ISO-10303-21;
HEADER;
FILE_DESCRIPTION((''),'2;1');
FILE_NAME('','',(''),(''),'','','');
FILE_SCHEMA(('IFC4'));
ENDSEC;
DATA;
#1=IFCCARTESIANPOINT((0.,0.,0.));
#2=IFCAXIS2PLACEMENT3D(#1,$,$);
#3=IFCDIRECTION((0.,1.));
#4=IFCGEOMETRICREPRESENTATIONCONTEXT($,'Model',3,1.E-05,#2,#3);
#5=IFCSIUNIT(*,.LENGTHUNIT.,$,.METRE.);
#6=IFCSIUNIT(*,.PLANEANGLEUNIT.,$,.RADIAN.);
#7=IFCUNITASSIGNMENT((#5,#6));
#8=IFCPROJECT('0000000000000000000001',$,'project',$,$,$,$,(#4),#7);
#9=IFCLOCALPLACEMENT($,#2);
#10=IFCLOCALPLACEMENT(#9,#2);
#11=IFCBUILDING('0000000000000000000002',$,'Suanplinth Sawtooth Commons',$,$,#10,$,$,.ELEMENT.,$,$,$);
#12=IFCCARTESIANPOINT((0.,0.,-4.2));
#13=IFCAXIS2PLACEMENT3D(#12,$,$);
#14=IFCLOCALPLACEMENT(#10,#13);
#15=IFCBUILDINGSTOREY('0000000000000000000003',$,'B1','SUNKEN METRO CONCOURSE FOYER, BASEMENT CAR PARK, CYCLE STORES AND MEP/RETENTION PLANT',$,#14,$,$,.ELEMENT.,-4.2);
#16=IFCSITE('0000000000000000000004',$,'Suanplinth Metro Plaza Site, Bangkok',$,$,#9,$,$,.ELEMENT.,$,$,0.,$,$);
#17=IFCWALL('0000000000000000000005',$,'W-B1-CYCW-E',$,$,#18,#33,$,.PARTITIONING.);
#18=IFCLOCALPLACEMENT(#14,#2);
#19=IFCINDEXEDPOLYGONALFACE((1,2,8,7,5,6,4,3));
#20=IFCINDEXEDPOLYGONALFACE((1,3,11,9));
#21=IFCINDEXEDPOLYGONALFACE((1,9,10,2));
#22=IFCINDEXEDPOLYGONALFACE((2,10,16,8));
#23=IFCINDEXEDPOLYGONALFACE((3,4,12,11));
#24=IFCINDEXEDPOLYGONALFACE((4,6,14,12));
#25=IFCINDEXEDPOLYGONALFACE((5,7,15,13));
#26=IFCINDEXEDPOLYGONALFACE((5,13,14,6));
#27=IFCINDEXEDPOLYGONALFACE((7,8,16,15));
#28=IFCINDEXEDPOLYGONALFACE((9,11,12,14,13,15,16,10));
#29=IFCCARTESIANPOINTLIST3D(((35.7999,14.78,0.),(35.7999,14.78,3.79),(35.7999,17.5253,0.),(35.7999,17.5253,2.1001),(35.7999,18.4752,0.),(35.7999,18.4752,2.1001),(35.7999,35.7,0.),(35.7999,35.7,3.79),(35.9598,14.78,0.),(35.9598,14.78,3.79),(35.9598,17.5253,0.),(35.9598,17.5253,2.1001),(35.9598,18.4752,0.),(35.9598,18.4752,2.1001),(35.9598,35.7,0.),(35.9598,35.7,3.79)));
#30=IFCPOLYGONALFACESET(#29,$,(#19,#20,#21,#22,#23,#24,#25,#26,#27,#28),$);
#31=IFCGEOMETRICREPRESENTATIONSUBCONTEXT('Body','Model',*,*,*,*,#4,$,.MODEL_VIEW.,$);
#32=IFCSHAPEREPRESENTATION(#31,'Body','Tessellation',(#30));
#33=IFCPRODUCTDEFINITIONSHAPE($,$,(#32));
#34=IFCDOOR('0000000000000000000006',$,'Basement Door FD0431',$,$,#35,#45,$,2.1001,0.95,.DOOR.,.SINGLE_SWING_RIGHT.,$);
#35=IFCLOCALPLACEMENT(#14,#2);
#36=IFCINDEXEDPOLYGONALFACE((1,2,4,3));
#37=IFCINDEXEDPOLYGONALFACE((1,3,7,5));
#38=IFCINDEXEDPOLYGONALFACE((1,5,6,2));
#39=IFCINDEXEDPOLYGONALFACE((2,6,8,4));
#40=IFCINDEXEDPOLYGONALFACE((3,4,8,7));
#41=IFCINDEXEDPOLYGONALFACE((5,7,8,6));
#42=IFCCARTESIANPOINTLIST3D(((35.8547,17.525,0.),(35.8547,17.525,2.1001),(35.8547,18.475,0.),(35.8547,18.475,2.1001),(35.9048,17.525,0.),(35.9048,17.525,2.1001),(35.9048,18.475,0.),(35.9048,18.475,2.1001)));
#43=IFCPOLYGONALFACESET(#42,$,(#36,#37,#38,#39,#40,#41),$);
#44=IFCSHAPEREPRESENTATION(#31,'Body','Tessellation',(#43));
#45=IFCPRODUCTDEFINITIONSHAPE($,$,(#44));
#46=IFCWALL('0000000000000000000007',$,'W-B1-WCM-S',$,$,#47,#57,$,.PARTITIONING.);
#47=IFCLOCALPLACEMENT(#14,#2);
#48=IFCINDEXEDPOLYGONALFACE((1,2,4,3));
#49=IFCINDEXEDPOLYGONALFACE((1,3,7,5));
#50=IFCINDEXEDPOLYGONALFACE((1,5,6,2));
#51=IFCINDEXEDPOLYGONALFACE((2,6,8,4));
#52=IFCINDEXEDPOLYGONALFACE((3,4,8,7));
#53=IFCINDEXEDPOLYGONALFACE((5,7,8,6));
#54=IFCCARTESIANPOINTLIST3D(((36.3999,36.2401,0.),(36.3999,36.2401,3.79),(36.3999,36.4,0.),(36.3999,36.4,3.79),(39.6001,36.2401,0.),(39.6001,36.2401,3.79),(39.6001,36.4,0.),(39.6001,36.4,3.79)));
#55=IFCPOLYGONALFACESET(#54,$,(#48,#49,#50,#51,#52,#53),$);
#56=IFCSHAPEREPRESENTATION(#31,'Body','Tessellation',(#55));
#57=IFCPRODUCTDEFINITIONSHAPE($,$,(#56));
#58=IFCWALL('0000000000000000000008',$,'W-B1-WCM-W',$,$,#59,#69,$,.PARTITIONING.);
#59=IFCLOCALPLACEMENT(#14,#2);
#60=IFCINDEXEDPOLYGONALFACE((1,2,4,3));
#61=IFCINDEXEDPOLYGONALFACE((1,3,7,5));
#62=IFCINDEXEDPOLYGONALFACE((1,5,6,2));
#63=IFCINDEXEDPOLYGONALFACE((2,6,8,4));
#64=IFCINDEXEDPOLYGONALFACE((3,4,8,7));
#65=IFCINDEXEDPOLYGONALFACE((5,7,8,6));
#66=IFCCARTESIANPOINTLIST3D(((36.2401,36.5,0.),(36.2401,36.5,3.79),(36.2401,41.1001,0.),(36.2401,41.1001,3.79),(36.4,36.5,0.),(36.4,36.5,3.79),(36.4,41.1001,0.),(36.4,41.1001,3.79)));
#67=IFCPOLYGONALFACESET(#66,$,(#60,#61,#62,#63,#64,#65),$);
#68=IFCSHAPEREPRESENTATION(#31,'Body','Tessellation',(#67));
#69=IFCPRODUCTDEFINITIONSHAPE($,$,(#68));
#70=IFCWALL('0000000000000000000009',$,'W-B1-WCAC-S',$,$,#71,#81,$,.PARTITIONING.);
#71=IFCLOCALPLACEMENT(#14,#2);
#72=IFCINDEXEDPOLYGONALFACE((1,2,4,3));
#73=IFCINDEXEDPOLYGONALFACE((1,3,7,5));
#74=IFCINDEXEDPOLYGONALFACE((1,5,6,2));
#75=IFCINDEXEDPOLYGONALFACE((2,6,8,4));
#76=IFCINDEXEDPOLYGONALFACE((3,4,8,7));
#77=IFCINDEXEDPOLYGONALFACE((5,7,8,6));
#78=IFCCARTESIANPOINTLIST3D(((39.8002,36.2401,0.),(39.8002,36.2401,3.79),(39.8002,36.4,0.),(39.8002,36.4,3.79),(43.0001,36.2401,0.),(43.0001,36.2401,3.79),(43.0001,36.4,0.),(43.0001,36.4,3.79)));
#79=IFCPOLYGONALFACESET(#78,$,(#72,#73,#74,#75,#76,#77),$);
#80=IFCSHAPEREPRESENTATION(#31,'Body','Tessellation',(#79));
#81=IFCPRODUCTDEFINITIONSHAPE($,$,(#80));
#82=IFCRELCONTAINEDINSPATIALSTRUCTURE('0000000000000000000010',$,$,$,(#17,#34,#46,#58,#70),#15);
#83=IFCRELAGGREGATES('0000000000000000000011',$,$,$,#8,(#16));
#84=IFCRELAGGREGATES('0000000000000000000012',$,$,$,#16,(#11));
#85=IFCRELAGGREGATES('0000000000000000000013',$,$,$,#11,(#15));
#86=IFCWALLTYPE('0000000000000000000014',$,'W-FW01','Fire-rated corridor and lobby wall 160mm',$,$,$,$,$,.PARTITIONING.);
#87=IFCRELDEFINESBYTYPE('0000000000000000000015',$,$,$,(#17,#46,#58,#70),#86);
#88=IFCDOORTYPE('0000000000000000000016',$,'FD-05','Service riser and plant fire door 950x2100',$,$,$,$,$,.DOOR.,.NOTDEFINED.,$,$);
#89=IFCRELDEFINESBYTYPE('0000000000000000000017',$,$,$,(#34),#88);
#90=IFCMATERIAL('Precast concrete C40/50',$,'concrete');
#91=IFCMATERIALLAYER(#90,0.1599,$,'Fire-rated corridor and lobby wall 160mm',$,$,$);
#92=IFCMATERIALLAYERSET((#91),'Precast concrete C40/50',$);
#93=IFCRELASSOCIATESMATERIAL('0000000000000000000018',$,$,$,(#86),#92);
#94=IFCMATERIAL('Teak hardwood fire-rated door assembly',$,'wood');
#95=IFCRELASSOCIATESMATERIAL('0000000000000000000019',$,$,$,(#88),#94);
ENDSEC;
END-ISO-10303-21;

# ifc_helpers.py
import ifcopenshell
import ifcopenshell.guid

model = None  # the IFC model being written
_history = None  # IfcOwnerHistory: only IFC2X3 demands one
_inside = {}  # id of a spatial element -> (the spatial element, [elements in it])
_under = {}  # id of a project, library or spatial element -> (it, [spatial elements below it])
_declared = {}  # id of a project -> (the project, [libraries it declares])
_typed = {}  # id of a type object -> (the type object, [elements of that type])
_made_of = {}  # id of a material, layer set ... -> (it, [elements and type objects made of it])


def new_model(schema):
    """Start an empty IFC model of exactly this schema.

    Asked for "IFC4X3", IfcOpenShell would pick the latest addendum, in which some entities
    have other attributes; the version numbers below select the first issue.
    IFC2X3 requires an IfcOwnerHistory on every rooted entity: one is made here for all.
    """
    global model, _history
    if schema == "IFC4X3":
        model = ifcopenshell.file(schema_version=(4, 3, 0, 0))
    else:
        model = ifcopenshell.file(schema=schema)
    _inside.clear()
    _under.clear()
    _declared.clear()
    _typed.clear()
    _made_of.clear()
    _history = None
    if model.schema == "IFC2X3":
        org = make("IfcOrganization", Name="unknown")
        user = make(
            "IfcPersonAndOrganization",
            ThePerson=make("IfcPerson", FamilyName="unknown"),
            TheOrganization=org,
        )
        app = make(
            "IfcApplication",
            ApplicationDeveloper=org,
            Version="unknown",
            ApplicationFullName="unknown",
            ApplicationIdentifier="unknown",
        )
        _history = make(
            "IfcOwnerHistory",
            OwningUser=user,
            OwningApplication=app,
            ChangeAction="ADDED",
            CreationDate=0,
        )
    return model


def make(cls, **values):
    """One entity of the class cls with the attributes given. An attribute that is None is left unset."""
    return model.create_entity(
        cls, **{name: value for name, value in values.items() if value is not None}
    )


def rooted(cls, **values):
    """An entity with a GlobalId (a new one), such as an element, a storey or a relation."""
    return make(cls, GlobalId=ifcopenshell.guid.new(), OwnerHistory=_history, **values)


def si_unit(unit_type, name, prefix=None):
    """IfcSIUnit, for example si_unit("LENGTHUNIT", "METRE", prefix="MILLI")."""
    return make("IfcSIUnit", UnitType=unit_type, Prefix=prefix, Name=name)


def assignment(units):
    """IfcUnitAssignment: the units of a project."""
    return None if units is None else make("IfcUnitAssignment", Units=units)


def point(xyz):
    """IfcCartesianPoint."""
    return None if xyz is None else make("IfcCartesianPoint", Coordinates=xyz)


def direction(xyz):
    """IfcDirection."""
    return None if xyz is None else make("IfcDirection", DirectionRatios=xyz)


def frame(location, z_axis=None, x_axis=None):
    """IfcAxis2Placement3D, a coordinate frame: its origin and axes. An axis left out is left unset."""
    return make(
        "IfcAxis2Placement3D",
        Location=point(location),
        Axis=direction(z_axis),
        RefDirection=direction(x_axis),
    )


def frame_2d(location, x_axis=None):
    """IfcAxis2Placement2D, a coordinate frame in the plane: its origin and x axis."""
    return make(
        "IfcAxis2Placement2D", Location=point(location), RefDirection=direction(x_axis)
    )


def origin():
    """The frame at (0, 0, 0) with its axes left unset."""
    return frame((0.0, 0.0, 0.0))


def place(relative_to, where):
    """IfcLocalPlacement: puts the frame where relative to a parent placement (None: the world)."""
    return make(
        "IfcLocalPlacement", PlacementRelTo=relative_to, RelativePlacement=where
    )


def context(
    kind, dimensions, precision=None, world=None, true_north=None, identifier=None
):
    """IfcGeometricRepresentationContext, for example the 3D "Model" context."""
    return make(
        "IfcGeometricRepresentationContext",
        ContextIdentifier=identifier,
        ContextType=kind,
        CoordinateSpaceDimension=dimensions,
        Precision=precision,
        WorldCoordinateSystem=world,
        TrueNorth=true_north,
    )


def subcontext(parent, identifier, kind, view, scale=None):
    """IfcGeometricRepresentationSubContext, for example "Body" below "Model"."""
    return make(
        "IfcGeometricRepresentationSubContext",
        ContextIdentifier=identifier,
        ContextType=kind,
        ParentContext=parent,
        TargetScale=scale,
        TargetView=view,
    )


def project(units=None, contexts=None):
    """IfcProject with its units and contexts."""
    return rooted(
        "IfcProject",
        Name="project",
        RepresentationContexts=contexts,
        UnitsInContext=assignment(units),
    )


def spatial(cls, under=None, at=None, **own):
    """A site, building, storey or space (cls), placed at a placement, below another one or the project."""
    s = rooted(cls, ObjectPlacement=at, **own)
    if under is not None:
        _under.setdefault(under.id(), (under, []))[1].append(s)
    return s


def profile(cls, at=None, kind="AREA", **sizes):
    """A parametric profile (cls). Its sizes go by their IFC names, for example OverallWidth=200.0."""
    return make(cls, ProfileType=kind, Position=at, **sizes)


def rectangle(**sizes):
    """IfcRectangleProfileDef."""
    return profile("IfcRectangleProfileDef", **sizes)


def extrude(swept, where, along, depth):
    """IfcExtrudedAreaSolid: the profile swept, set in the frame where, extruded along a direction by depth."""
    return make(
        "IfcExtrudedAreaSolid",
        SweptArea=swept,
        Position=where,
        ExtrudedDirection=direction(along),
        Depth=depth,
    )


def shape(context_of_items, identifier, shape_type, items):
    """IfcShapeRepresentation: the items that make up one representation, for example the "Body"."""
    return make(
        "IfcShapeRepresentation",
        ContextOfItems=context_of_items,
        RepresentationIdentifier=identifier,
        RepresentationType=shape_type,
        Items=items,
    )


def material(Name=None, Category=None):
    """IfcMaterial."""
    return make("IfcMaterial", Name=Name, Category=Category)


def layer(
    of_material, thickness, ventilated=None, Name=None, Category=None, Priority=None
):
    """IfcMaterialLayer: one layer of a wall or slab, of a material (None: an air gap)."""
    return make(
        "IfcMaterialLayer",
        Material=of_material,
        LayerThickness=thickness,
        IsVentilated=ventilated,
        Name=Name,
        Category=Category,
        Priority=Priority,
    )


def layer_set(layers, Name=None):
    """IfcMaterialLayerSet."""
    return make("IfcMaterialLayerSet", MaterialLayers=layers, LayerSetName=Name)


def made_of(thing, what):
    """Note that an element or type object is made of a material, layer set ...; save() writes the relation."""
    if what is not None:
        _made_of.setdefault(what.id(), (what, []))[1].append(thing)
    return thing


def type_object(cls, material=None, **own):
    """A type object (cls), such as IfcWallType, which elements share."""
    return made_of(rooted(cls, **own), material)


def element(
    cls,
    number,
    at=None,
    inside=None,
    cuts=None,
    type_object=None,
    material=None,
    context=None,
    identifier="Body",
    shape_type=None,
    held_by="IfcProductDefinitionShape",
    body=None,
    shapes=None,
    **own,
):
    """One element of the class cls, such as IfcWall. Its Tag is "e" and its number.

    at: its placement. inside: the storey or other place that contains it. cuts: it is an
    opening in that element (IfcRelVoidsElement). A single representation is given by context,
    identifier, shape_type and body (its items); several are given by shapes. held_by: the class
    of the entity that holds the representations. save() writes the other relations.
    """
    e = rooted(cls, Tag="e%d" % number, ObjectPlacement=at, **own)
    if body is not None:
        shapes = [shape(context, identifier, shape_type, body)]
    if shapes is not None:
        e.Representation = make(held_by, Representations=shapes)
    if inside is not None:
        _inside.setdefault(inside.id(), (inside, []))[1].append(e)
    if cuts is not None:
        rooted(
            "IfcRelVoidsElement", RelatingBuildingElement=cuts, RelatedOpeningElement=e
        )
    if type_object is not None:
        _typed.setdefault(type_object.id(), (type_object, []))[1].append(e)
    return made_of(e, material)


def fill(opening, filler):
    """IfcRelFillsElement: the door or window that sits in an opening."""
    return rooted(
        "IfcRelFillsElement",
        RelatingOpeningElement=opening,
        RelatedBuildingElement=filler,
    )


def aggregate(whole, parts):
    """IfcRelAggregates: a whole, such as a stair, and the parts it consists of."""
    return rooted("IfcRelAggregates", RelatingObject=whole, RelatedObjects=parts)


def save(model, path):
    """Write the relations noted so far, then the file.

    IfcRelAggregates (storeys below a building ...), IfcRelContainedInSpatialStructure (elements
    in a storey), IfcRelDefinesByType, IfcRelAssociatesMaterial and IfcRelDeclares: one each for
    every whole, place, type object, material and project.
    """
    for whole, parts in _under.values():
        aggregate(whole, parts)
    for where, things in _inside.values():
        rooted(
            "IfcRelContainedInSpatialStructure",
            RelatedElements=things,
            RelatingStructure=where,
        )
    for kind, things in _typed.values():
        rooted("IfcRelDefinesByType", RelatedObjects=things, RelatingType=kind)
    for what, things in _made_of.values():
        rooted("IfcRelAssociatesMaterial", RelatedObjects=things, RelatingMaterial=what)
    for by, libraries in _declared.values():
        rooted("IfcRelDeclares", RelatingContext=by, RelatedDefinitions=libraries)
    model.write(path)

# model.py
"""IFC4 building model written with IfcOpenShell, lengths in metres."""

from ifc_helpers import new_model, si_unit, direction, frame, frame_2d, origin, place, context, subcontext, project, spatial, rectangle, extrude, material, layer, layer_set, type_object, element, fill, save


model = new_model("IFC4")

# Units and contexts
model_context = context("Model", 3, precision=1e-05, world=origin(), true_north=direction((0.0, 1.0)))
body_context = subcontext(model_context, "Body", "Model", "MODEL_VIEW")
ifc_project = project(units=[si_unit("LENGTHUNIT", "METRE"), si_unit("PLANEANGLEUNIT", "RADIAN")], contexts=[model_context])

# Site, building, storey
site_placement = place(None, origin())
site = spatial("IfcSite", under=ifc_project, at=site_placement, Name="Suanplinth Metro Plaza Site, Bangkok", CompositionType="ELEMENT", RefElevation=0.0)
building_placement = place(site_placement, origin())
building = spatial("IfcBuilding", under=site, at=building_placement, Name="Suanplinth Sawtooth Commons", CompositionType="ELEMENT")
storey_placement = place(building_placement, frame((0.0, 0.0, -4.2)))
storey = spatial("IfcBuildingStorey", under=building, at=storey_placement, Name="B1", Description="SUNKEN METRO CONCOURSE FOYER, BASEMENT CAR PARK, CYCLE STORES AND MEP/RETENTION PLANT", CompositionType="ELEMENT", Elevation=-4.2)

# Wall, opening, door
ifc_material_1 = material(Name="Precast concrete C40/50", Category="concrete")
ifc_layer = layer(ifc_material_1, 0.1599, Name="Fire-rated corridor and lobby wall 160mm")
ifc_layer_set = layer_set([ifc_layer], Name="Precast concrete C40/50")
wall_type = type_object("IfcWallType", Name="W-FW01", Description="Fire-rated corridor and lobby wall 160mm", PredefinedType="PARTITIONING", material=ifc_layer_set)
wall_1_placement = place(storey_placement, frame((35.8799, 14.78, 0.0), z_axis=(0.0, 0.0, 1.0), x_axis=(0.0, 1.0, 0.0)))
wall_1 = element("IfcWall", 1, at=wall_1_placement, inside=storey, type_object=wall_type, Name="W-B1-CYCW-E", PredefinedType="PARTITIONING", context=body_context, shape_type="SweptSolid", body=[
    extrude(rectangle(XDim=20.9199, YDim=0.1599, at=frame_2d((10.46, 0.0))), origin(), (0.0, 0.0, 1.0), 3.79),
])
opening_placement = place(wall_1_placement, frame((2.7451, 0.0, 0.0)))
opening = element("IfcOpeningElement", 2, at=opening_placement, cuts=wall_1, PredefinedType="OPENING", context=body_context, shape_type="SweptSolid", body=[
    extrude(rectangle(XDim=0.95, YDim=2.1001, at=frame_2d((0.4751, 1.05))), frame((0.0, 0.0947, 0.0), z_axis=(0.0, -1.0, 0.0), x_axis=(1.0, 0.0, 0.0)), (0.0, 0.0, 1.0), 0.1897),
])
ifc_material_2 = material(Name="Teak hardwood fire-rated door assembly", Category="wood")
door_type = type_object("IfcDoorType", Name="FD-05", Description="Service riser and plant fire door 950x2100", OperationType="NOTDEFINED", PredefinedType="DOOR", material=ifc_material_2)
door_placement = place(opening_placement, frame((0.95, 0.0, 0.0), z_axis=(0.0, 0.0, 1.0), x_axis=(-1.0, 0.0, 0.0)))
door = element("IfcDoor", 3, at=door_placement, inside=storey, type_object=door_type, Name="Basement Door FD0431", OperationType="SINGLE_SWING_RIGHT", OverallHeight=2.1001, OverallWidth=0.95, PredefinedType="DOOR", context=body_context, shape_type="SweptSolid", body=[
    extrude(rectangle(XDim=0.95, YDim=2.1001, at=frame_2d((0.4751, 1.05))), frame((0.0, 0.0249, 0.0), z_axis=(0.0, -1.0, 0.0), x_axis=(1.0, 0.0, 0.0)), (0.0, 0.0, 1.0), 0.05),
])
fill(opening, door)

# Walls
wall_2_placement = place(storey_placement, frame((36.3999, 36.3201, 0.0), z_axis=(0.0, 0.0, 1.0), x_axis=(1.0, 0.0, 0.0)))
element("IfcWall", 4, at=wall_2_placement, inside=storey, type_object=wall_type, Name="W-B1-WCM-S", PredefinedType="PARTITIONING", context=body_context, shape_type="SweptSolid", body=[
    extrude(rectangle(XDim=3.2002, YDim=0.1599, at=frame_2d((1.6001, 0.0))), origin(), (0.0, 0.0, 1.0), 3.79),
])
wall_3_placement = place(storey_placement, frame((36.3201, 36.5, 0.0), z_axis=(0.0, 0.0, 1.0), x_axis=(0.0, 1.0, 0.0)))
element("IfcWall", 5, at=wall_3_placement, inside=storey, type_object=wall_type, Name="W-B1-WCM-W", PredefinedType="PARTITIONING", context=body_context, shape_type="SweptSolid", body=[
    extrude(rectangle(XDim=4.6001, YDim=0.1599, at=frame_2d((2.3, 0.0))), origin(), (0.0, 0.0, 1.0), 3.79),
])
wall_4_placement = place(storey_placement, frame((39.8, 36.3201, 0.0), z_axis=(0.0, 0.0, 1.0), x_axis=(1.0, 0.0, 0.0)))
element("IfcWall", 6, at=wall_4_placement, inside=storey, type_object=wall_type, Name="W-B1-WCAC-S", PredefinedType="PARTITIONING", context=body_context, shape_type="SweptSolid", body=[
    extrude(rectangle(XDim=3.2, YDim=0.1599, at=frame_2d((1.6001, 0.0))), origin(), (0.0, 0.0, 1.0), 3.79),
])

save(model, "model.ifc")
